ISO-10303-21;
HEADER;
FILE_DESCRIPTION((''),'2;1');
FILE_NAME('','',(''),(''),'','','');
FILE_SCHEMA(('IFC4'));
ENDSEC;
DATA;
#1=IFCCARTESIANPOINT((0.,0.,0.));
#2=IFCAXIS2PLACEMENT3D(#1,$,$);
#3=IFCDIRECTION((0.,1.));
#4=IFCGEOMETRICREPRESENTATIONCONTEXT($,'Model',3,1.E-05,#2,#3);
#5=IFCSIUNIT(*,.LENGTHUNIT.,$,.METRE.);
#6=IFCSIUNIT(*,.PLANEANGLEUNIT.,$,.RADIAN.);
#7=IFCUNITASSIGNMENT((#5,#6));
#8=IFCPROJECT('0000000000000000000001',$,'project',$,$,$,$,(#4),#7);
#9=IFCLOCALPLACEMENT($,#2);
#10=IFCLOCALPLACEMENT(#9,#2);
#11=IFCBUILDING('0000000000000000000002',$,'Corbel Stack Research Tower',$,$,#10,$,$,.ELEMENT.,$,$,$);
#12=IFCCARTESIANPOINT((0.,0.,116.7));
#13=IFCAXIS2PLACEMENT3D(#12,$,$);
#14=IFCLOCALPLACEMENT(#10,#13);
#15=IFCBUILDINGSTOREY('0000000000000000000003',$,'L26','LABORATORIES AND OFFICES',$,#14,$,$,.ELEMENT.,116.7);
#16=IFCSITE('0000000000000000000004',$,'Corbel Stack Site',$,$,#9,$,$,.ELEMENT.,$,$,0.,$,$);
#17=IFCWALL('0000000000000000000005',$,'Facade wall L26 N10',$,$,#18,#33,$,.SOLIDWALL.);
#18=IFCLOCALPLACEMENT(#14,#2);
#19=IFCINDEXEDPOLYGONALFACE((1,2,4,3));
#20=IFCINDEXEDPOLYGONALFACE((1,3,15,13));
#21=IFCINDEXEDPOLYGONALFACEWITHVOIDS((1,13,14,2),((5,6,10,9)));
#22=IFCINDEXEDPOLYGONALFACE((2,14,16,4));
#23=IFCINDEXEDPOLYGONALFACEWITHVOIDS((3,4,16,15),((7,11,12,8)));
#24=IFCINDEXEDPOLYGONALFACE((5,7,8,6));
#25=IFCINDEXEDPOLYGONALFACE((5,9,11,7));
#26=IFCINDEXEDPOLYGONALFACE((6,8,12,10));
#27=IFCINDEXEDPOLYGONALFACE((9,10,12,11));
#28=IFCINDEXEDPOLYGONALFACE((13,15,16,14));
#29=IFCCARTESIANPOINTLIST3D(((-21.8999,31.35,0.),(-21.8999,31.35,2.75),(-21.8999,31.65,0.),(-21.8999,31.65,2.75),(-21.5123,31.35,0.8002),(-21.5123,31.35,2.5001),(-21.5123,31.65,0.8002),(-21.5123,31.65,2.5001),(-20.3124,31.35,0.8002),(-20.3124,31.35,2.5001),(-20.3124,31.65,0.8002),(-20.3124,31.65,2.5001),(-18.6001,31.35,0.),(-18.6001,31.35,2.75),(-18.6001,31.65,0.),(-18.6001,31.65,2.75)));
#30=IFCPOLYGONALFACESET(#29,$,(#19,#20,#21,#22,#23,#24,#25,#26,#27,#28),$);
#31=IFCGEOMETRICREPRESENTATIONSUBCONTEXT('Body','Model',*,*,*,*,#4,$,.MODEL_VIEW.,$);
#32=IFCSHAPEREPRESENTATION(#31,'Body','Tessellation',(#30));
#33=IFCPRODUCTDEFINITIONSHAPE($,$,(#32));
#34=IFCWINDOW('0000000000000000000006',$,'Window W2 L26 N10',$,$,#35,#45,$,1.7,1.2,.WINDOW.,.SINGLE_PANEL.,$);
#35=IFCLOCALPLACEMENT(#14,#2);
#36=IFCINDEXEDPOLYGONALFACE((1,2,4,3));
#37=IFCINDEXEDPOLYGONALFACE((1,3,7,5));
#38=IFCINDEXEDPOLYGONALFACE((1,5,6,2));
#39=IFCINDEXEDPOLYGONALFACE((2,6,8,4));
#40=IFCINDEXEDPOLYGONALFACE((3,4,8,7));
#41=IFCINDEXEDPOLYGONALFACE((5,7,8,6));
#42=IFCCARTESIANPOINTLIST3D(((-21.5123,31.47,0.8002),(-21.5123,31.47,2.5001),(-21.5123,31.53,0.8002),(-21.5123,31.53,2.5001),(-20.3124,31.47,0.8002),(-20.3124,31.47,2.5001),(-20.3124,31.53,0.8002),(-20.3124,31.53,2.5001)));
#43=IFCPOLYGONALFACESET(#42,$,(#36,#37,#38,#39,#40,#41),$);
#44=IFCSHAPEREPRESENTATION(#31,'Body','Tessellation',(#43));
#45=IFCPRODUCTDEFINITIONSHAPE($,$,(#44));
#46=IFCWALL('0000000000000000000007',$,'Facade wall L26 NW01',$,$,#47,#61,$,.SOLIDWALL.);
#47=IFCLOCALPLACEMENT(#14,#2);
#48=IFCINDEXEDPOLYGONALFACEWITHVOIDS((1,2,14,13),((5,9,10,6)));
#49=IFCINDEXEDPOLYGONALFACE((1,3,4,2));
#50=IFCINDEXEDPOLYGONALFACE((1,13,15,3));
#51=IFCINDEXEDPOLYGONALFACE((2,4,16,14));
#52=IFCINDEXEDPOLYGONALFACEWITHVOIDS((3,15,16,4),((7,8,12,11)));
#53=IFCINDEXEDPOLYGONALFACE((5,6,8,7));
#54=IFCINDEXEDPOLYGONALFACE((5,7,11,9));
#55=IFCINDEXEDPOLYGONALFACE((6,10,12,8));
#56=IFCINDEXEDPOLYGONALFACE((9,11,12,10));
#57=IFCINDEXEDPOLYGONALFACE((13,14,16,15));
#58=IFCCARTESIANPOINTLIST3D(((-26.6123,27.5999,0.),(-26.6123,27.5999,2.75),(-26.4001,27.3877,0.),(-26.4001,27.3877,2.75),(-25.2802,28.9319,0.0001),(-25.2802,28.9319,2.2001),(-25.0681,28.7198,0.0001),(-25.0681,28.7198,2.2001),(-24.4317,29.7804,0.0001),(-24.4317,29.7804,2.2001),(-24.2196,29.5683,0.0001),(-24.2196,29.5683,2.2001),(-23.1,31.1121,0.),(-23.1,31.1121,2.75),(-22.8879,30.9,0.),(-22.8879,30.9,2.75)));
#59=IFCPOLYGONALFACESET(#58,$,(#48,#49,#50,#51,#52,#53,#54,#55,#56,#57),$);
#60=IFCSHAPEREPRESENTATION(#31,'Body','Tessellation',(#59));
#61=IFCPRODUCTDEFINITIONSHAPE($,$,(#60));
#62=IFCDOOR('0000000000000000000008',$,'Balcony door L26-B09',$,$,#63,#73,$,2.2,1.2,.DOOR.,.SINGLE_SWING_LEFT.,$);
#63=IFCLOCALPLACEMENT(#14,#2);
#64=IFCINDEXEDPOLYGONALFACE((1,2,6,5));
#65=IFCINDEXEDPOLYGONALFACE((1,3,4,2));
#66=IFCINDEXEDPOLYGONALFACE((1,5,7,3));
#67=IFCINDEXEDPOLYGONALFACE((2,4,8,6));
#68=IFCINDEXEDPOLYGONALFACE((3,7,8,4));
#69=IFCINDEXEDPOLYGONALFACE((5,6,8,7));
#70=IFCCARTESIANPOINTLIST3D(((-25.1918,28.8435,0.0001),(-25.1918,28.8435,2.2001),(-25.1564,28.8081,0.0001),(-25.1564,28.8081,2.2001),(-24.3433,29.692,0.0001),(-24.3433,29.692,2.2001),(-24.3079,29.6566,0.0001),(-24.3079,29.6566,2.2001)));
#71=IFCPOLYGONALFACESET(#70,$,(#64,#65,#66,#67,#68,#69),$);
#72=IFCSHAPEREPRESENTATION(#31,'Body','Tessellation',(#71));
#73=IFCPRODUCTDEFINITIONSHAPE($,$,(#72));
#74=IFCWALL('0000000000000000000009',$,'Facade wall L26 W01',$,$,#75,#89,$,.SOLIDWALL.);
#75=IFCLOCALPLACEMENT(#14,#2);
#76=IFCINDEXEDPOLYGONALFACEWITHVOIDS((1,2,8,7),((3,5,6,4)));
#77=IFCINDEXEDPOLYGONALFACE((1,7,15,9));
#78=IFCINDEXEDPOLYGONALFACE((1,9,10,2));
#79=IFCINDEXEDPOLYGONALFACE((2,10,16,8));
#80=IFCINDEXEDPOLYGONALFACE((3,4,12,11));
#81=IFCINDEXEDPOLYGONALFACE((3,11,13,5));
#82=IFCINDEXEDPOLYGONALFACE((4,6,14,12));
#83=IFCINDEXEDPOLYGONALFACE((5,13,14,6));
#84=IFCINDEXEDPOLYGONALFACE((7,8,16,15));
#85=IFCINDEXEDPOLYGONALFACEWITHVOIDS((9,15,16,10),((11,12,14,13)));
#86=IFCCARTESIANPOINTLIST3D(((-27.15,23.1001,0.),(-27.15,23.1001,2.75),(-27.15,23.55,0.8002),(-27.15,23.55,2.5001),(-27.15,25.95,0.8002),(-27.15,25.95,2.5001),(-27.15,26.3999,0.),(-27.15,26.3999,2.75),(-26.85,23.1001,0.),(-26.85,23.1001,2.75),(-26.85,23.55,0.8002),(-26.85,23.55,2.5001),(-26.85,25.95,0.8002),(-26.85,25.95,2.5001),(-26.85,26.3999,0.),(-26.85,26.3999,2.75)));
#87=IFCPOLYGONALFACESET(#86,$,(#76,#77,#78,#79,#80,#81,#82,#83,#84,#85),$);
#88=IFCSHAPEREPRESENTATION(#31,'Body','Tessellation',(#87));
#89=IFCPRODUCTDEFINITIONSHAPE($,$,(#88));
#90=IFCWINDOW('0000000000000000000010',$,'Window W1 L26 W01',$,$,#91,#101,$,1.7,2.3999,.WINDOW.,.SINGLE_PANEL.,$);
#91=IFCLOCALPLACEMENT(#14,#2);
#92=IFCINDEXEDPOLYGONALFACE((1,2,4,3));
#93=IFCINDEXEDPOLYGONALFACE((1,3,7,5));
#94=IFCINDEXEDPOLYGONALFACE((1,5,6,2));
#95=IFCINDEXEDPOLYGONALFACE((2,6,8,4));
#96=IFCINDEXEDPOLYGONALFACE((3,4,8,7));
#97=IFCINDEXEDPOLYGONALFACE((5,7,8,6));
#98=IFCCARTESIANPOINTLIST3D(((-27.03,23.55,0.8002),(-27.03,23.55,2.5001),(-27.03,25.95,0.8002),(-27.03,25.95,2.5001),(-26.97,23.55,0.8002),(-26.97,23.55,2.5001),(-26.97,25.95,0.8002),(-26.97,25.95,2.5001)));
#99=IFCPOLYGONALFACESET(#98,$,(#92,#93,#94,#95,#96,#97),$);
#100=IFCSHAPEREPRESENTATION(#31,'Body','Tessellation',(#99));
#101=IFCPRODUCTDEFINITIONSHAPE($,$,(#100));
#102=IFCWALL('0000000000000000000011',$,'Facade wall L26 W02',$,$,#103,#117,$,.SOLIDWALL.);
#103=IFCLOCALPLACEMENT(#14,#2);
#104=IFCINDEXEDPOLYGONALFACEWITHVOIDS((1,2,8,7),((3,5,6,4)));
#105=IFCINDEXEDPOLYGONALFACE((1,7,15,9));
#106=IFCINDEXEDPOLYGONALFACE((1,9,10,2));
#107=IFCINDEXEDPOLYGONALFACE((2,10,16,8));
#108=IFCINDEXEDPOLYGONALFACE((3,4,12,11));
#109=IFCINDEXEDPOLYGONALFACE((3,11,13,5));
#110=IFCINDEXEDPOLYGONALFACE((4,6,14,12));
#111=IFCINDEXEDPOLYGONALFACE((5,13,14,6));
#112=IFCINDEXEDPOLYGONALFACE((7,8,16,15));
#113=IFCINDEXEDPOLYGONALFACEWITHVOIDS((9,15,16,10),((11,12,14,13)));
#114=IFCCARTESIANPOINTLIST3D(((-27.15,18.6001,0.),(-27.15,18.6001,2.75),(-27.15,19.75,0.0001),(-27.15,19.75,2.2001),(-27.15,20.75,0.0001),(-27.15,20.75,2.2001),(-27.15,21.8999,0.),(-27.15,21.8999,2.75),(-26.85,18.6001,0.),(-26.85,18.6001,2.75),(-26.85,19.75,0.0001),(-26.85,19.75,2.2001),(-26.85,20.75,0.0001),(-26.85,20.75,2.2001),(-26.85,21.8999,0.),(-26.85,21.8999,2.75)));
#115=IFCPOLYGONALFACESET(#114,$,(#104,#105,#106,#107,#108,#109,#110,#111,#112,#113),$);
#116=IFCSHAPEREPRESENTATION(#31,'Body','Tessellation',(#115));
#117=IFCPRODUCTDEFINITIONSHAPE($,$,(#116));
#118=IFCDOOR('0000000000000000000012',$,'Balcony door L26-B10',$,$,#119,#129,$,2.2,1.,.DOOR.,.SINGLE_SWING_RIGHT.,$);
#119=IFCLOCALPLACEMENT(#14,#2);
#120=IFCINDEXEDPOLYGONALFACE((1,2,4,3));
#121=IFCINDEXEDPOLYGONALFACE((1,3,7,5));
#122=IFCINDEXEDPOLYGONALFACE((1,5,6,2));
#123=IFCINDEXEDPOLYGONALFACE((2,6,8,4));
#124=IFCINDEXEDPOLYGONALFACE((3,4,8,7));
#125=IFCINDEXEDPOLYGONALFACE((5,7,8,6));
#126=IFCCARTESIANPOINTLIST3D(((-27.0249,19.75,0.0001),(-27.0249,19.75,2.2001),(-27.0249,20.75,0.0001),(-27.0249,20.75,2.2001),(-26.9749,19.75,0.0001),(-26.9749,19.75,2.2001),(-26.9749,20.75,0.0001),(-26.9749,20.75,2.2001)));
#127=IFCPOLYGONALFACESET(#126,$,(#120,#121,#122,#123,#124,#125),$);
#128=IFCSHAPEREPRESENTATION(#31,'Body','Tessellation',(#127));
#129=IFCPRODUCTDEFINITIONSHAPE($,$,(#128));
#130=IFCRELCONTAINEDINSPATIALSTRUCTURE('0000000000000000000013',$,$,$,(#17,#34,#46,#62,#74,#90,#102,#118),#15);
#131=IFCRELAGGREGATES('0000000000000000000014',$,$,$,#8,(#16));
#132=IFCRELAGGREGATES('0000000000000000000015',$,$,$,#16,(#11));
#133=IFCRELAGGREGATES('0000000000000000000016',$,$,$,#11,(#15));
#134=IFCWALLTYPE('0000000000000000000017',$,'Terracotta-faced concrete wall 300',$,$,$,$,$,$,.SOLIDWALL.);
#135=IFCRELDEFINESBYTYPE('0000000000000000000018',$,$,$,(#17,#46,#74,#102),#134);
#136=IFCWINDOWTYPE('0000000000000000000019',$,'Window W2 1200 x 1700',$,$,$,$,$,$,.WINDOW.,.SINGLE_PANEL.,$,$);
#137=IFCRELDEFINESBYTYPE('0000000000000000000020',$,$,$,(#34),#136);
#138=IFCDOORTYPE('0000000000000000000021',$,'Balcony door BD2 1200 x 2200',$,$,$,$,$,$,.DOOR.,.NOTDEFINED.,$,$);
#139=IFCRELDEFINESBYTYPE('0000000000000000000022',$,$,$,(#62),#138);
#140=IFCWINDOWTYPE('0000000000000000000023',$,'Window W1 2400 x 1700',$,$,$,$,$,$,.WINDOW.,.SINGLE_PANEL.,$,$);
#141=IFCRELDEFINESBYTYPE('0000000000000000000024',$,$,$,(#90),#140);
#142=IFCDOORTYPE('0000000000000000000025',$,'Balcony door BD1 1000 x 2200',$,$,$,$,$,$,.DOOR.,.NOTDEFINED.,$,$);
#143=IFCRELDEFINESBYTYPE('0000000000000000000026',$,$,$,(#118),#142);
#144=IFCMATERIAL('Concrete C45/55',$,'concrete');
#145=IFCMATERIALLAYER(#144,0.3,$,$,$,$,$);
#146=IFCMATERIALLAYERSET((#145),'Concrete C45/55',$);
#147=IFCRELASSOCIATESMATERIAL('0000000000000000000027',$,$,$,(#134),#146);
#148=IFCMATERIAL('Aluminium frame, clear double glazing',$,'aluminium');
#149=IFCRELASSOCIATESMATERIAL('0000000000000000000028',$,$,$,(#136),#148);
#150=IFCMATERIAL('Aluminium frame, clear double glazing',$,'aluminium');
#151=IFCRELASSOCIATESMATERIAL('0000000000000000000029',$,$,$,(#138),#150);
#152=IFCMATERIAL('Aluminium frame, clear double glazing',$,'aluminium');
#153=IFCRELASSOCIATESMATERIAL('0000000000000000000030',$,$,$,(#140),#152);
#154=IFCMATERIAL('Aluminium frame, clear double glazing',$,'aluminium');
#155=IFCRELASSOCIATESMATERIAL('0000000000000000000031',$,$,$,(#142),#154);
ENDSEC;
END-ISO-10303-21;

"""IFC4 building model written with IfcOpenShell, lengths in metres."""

from ifc_helpers import new_model, si_unit, direction, frame, frame_2d, origin, place, context, subcontext, project, spatial, rectangle, extrude, material, layer, layer_set, type_object, element, fill, save


model = new_model("IFC4")

# Units and contexts
model_context = context("Model", 3, precision=1e-05, world=origin(), true_north=direction((0.0, 1.0)))
body_context = subcontext(model_context, "Body", "Model", "MODEL_VIEW")
ifc_project = project(units=[si_unit("LENGTHUNIT", "METRE"), si_unit("PLANEANGLEUNIT", "RADIAN")], contexts=[model_context])

# Site, building, storey
site_placement = place(None, origin())
site = spatial("IfcSite", under=ifc_project, at=site_placement, Name="Corbel Stack Site", CompositionType="ELEMENT", RefElevation=0.0)
building_placement = place(site_placement, origin())
building = spatial("IfcBuilding", under=site, at=building_placement, Name="Corbel Stack Research Tower", CompositionType="ELEMENT")
storey_placement = place(building_placement, frame((0.0, 0.0, 116.7)))
storey = spatial("IfcBuildingStorey", under=building, at=storey_placement, Name="L26", Description="LABORATORIES AND OFFICES", CompositionType="ELEMENT", Elevation=116.7)

# Wall, opening, window
ifc_material_1 = material(Name="Concrete C45/55", Category="concrete")
ifc_layer_1 = layer(ifc_material_1, 0.3)
ifc_layer_set_1 = layer_set([ifc_layer_1], Name="Concrete C45/55")
wall_type_1 = type_object("IfcWallType", Name="Terracotta-faced concrete wall 300", PredefinedType="SOLIDWALL", material=ifc_layer_set_1)
wall_1_placement = place(storey_placement, frame((-21.8999, 31.5, 0.0), z_axis=(0.0, 0.0, 1.0), x_axis=(1.0, 0.0, 0.0)))
wall_1 = element("IfcWall", 1, at=wall_1_placement, inside=storey, type_object=wall_type_1, Name="Facade wall L26 N10", PredefinedType="SOLIDWALL", context=body_context, shape_type="SweptSolid", body=[
    extrude(rectangle(XDim=3.2998, YDim=0.3, at=frame_2d((1.6499, 0.0))), origin(), (0.0, 0.0, 1.0), 2.75),
])
opening_1_placement = place(wall_1_placement, frame((0.3875, 0.0, 0.8)))
opening_1 = element("IfcOpeningElement", 2, at=opening_1_placement, cuts=wall_1, PredefinedType="OPENING", context=body_context, shape_type="SweptSolid", body=[
    extrude(rectangle(XDim=1.2, YDim=1.7, at=frame_2d((0.6001, 0.8501))), frame((0.0, 0.1599, 0.0), z_axis=(0.0, -1.0, 0.0), x_axis=(1.0, 0.0, 0.0)), (0.0, 0.0, 1.0), 0.3201),
])
ifc_material_2 = material(Name="Aluminium frame, clear double glazing", Category="aluminium")
window_type_1 = type_object("IfcWindowType", Name="Window W2 1200 x 1700", PartitioningType="SINGLE_PANEL", PredefinedType="WINDOW", material=ifc_material_2)
window_1_placement = place(opening_1_placement, origin())
window_1 = element("IfcWindow", 3, at=window_1_placement, inside=storey, type_object=window_type_1, Name="Window W2 L26 N10", OverallHeight=1.7, OverallWidth=1.2, PartitioningType="SINGLE_PANEL", PredefinedType="WINDOW", context=body_context, shape_type="SweptSolid", body=[
    extrude(rectangle(XDim=1.2, YDim=1.7, at=frame_2d((0.6001, 0.8501))), frame((0.0, 0.03, 0.0), z_axis=(0.0, -1.0, 0.0), x_axis=(1.0, 0.0, 0.0)), (0.0, 0.0, 1.0), 0.0601),
])
fill(opening_1, window_1)

# Wall, opening, door
wall_2_placement = place(storey_placement, frame((-26.5061, 27.4939, 0.0), z_axis=(0.0, 0.0, 1.0), x_axis=(0.707107, 0.707107, 0.0)))
wall_2 = element("IfcWall", 4, at=wall_2_placement, inside=storey, type_object=wall_type_1, Name="Facade wall L26 NW01", PredefinedType="SOLIDWALL", context=body_context, shape_type="SweptSolid", body=[
    extrude(rectangle(XDim=4.967, YDim=0.3, at=frame_2d((2.4834, 0.0))), origin(), (0.0, 0.0, 1.0), 2.75),
])
opening_2_placement = place(wall_2_placement, frame((1.8835, 0.0, 0.0)))
opening_2 = element("IfcOpeningElement", 5, at=opening_2_placement, cuts=wall_2, PredefinedType="OPENING", context=body_context, shape_type="SweptSolid", body=[
    extrude(rectangle(XDim=1.2, YDim=2.2, at=frame_2d((0.6001, 1.1001))), frame((0.0, 0.1599, 0.0), z_axis=(0.0, -1.0, 0.0), x_axis=(1.0, 0.0, 0.0)), (0.0, 0.0, 1.0), 0.3201),
])
ifc_material_3 = material(Name="Aluminium frame, clear double glazing", Category="aluminium")
door_type_1 = type_object("IfcDoorType", Name="Balcony door BD2 1200 x 2200", OperationType="NOTDEFINED", PredefinedType="DOOR", material=ifc_material_3)
door_1_placement = place(opening_2_placement, origin())
door_1 = element("IfcDoor", 6, at=door_1_placement, inside=storey, type_object=door_type_1, Name="Balcony door L26-B09", OperationType="SINGLE_SWING_LEFT", OverallHeight=2.2, OverallWidth=1.2, PredefinedType="DOOR", context=body_context, shape_type="SweptSolid", body=[
    extrude(rectangle(XDim=1.2, YDim=2.2, at=frame_2d((0.6001, 1.1001))), frame((0.0, 0.0249, 0.0), z_axis=(0.0, -1.0, 0.0), x_axis=(1.0, 0.0, 0.0)), (0.0, 0.0, 1.0), 0.05),
])
fill(opening_2, door_1)

# Wall, opening, window
wall_3_placement = place(storey_placement, frame((-27.0, 23.1001, 0.0), z_axis=(0.0, 0.0, 1.0), x_axis=(0.0, 1.0, 0.0)))
wall_3 = element("IfcWall", 7, at=wall_3_placement, inside=storey, type_object=wall_type_1, Name="Facade wall L26 W01", PredefinedType="SOLIDWALL", context=body_context, shape_type="SweptSolid", body=[
    extrude(rectangle(XDim=3.2998, YDim=0.3, at=frame_2d((1.6499, 0.0))), origin(), (0.0, 0.0, 1.0), 2.75),
])
opening_3_placement = place(wall_3_placement, frame((0.45, 0.0, 0.8)))
opening_3 = element("IfcOpeningElement", 8, at=opening_3_placement, cuts=wall_3, PredefinedType="OPENING", context=body_context, shape_type="SweptSolid", body=[
    extrude(rectangle(XDim=2.3999, YDim=1.7, at=frame_2d((1.2, 0.8501))), frame((0.0, 0.1599, 0.0), z_axis=(0.0, -1.0, 0.0), x_axis=(1.0, 0.0, 0.0)), (0.0, 0.0, 1.0), 0.3201),
])
ifc_material_4 = material(Name="Aluminium frame, clear double glazing", Category="aluminium")
window_type_2 = type_object("IfcWindowType", Name="Window W1 2400 x 1700", PartitioningType="SINGLE_PANEL", PredefinedType="WINDOW", material=ifc_material_4)
window_2_placement = place(opening_3_placement, origin())
window_2 = element("IfcWindow", 9, at=window_2_placement, inside=storey, type_object=window_type_2, Name="Window W1 L26 W01", OverallHeight=1.7, OverallWidth=2.3999, PartitioningType="SINGLE_PANEL", PredefinedType="WINDOW", context=body_context, shape_type="SweptSolid", body=[
    extrude(rectangle(XDim=2.3999, YDim=1.7, at=frame_2d((1.2, 0.8501))), frame((0.0, 0.03, 0.0), z_axis=(0.0, -1.0, 0.0), x_axis=(1.0, 0.0, 0.0)), (0.0, 0.0, 1.0), 0.0601),
])
fill(opening_3, window_2)

# Wall, opening, door
wall_4_placement = place(storey_placement, frame((-27.0, 18.6001, 0.0), z_axis=(0.0, 0.0, 1.0), x_axis=(0.0, 1.0, 0.0)))
wall_4 = element("IfcWall", 10, at=wall_4_placement, inside=storey, type_object=wall_type_1, Name="Facade wall L26 W02", PredefinedType="SOLIDWALL", context=body_context, shape_type="SweptSolid", body=[
    extrude(rectangle(XDim=3.2998, YDim=0.3, at=frame_2d((1.6499, 0.0))), origin(), (0.0, 0.0, 1.0), 2.75),
])
opening_4_placement = place(wall_4_placement, frame((1.1499, 0.0, 0.0)))
opening_4 = element("IfcOpeningElement", 11, at=opening_4_placement, cuts=wall_4, PredefinedType="OPENING", context=body_context, shape_type="SweptSolid", body=[
    extrude(rectangle(XDim=1.0, YDim=2.2, at=frame_2d((0.5, 1.1001))), frame((0.0, 0.1599, 0.0), z_axis=(0.0, -1.0, 0.0), x_axis=(1.0, 0.0, 0.0)), (0.0, 0.0, 1.0), 0.3201),
])
ifc_material_5 = material(Name="Aluminium frame, clear double glazing", Category="aluminium")
door_type_2 = type_object("IfcDoorType", Name="Balcony door BD1 1000 x 2200", OperationType="NOTDEFINED", PredefinedType="DOOR", material=ifc_material_5)
door_2_placement = place(opening_4_placement, origin())
door_2 = element("IfcDoor", 12, at=door_2_placement, inside=storey, type_object=door_type_2, Name="Balcony door L26-B10", OperationType="SINGLE_SWING_RIGHT", OverallHeight=2.2, OverallWidth=1.0, PredefinedType="DOOR", context=body_context, shape_type="SweptSolid", body=[
    extrude(rectangle(XDim=1.0, YDim=2.2, at=frame_2d((0.5, 1.1001))), frame((0.0, 0.0249, 0.0), z_axis=(0.0, -1.0, 0.0), x_axis=(1.0, 0.0, 0.0)), (0.0, 0.0, 1.0), 0.05),
])
fill(opening_4, door_2)

save(model, "model.ifc")
